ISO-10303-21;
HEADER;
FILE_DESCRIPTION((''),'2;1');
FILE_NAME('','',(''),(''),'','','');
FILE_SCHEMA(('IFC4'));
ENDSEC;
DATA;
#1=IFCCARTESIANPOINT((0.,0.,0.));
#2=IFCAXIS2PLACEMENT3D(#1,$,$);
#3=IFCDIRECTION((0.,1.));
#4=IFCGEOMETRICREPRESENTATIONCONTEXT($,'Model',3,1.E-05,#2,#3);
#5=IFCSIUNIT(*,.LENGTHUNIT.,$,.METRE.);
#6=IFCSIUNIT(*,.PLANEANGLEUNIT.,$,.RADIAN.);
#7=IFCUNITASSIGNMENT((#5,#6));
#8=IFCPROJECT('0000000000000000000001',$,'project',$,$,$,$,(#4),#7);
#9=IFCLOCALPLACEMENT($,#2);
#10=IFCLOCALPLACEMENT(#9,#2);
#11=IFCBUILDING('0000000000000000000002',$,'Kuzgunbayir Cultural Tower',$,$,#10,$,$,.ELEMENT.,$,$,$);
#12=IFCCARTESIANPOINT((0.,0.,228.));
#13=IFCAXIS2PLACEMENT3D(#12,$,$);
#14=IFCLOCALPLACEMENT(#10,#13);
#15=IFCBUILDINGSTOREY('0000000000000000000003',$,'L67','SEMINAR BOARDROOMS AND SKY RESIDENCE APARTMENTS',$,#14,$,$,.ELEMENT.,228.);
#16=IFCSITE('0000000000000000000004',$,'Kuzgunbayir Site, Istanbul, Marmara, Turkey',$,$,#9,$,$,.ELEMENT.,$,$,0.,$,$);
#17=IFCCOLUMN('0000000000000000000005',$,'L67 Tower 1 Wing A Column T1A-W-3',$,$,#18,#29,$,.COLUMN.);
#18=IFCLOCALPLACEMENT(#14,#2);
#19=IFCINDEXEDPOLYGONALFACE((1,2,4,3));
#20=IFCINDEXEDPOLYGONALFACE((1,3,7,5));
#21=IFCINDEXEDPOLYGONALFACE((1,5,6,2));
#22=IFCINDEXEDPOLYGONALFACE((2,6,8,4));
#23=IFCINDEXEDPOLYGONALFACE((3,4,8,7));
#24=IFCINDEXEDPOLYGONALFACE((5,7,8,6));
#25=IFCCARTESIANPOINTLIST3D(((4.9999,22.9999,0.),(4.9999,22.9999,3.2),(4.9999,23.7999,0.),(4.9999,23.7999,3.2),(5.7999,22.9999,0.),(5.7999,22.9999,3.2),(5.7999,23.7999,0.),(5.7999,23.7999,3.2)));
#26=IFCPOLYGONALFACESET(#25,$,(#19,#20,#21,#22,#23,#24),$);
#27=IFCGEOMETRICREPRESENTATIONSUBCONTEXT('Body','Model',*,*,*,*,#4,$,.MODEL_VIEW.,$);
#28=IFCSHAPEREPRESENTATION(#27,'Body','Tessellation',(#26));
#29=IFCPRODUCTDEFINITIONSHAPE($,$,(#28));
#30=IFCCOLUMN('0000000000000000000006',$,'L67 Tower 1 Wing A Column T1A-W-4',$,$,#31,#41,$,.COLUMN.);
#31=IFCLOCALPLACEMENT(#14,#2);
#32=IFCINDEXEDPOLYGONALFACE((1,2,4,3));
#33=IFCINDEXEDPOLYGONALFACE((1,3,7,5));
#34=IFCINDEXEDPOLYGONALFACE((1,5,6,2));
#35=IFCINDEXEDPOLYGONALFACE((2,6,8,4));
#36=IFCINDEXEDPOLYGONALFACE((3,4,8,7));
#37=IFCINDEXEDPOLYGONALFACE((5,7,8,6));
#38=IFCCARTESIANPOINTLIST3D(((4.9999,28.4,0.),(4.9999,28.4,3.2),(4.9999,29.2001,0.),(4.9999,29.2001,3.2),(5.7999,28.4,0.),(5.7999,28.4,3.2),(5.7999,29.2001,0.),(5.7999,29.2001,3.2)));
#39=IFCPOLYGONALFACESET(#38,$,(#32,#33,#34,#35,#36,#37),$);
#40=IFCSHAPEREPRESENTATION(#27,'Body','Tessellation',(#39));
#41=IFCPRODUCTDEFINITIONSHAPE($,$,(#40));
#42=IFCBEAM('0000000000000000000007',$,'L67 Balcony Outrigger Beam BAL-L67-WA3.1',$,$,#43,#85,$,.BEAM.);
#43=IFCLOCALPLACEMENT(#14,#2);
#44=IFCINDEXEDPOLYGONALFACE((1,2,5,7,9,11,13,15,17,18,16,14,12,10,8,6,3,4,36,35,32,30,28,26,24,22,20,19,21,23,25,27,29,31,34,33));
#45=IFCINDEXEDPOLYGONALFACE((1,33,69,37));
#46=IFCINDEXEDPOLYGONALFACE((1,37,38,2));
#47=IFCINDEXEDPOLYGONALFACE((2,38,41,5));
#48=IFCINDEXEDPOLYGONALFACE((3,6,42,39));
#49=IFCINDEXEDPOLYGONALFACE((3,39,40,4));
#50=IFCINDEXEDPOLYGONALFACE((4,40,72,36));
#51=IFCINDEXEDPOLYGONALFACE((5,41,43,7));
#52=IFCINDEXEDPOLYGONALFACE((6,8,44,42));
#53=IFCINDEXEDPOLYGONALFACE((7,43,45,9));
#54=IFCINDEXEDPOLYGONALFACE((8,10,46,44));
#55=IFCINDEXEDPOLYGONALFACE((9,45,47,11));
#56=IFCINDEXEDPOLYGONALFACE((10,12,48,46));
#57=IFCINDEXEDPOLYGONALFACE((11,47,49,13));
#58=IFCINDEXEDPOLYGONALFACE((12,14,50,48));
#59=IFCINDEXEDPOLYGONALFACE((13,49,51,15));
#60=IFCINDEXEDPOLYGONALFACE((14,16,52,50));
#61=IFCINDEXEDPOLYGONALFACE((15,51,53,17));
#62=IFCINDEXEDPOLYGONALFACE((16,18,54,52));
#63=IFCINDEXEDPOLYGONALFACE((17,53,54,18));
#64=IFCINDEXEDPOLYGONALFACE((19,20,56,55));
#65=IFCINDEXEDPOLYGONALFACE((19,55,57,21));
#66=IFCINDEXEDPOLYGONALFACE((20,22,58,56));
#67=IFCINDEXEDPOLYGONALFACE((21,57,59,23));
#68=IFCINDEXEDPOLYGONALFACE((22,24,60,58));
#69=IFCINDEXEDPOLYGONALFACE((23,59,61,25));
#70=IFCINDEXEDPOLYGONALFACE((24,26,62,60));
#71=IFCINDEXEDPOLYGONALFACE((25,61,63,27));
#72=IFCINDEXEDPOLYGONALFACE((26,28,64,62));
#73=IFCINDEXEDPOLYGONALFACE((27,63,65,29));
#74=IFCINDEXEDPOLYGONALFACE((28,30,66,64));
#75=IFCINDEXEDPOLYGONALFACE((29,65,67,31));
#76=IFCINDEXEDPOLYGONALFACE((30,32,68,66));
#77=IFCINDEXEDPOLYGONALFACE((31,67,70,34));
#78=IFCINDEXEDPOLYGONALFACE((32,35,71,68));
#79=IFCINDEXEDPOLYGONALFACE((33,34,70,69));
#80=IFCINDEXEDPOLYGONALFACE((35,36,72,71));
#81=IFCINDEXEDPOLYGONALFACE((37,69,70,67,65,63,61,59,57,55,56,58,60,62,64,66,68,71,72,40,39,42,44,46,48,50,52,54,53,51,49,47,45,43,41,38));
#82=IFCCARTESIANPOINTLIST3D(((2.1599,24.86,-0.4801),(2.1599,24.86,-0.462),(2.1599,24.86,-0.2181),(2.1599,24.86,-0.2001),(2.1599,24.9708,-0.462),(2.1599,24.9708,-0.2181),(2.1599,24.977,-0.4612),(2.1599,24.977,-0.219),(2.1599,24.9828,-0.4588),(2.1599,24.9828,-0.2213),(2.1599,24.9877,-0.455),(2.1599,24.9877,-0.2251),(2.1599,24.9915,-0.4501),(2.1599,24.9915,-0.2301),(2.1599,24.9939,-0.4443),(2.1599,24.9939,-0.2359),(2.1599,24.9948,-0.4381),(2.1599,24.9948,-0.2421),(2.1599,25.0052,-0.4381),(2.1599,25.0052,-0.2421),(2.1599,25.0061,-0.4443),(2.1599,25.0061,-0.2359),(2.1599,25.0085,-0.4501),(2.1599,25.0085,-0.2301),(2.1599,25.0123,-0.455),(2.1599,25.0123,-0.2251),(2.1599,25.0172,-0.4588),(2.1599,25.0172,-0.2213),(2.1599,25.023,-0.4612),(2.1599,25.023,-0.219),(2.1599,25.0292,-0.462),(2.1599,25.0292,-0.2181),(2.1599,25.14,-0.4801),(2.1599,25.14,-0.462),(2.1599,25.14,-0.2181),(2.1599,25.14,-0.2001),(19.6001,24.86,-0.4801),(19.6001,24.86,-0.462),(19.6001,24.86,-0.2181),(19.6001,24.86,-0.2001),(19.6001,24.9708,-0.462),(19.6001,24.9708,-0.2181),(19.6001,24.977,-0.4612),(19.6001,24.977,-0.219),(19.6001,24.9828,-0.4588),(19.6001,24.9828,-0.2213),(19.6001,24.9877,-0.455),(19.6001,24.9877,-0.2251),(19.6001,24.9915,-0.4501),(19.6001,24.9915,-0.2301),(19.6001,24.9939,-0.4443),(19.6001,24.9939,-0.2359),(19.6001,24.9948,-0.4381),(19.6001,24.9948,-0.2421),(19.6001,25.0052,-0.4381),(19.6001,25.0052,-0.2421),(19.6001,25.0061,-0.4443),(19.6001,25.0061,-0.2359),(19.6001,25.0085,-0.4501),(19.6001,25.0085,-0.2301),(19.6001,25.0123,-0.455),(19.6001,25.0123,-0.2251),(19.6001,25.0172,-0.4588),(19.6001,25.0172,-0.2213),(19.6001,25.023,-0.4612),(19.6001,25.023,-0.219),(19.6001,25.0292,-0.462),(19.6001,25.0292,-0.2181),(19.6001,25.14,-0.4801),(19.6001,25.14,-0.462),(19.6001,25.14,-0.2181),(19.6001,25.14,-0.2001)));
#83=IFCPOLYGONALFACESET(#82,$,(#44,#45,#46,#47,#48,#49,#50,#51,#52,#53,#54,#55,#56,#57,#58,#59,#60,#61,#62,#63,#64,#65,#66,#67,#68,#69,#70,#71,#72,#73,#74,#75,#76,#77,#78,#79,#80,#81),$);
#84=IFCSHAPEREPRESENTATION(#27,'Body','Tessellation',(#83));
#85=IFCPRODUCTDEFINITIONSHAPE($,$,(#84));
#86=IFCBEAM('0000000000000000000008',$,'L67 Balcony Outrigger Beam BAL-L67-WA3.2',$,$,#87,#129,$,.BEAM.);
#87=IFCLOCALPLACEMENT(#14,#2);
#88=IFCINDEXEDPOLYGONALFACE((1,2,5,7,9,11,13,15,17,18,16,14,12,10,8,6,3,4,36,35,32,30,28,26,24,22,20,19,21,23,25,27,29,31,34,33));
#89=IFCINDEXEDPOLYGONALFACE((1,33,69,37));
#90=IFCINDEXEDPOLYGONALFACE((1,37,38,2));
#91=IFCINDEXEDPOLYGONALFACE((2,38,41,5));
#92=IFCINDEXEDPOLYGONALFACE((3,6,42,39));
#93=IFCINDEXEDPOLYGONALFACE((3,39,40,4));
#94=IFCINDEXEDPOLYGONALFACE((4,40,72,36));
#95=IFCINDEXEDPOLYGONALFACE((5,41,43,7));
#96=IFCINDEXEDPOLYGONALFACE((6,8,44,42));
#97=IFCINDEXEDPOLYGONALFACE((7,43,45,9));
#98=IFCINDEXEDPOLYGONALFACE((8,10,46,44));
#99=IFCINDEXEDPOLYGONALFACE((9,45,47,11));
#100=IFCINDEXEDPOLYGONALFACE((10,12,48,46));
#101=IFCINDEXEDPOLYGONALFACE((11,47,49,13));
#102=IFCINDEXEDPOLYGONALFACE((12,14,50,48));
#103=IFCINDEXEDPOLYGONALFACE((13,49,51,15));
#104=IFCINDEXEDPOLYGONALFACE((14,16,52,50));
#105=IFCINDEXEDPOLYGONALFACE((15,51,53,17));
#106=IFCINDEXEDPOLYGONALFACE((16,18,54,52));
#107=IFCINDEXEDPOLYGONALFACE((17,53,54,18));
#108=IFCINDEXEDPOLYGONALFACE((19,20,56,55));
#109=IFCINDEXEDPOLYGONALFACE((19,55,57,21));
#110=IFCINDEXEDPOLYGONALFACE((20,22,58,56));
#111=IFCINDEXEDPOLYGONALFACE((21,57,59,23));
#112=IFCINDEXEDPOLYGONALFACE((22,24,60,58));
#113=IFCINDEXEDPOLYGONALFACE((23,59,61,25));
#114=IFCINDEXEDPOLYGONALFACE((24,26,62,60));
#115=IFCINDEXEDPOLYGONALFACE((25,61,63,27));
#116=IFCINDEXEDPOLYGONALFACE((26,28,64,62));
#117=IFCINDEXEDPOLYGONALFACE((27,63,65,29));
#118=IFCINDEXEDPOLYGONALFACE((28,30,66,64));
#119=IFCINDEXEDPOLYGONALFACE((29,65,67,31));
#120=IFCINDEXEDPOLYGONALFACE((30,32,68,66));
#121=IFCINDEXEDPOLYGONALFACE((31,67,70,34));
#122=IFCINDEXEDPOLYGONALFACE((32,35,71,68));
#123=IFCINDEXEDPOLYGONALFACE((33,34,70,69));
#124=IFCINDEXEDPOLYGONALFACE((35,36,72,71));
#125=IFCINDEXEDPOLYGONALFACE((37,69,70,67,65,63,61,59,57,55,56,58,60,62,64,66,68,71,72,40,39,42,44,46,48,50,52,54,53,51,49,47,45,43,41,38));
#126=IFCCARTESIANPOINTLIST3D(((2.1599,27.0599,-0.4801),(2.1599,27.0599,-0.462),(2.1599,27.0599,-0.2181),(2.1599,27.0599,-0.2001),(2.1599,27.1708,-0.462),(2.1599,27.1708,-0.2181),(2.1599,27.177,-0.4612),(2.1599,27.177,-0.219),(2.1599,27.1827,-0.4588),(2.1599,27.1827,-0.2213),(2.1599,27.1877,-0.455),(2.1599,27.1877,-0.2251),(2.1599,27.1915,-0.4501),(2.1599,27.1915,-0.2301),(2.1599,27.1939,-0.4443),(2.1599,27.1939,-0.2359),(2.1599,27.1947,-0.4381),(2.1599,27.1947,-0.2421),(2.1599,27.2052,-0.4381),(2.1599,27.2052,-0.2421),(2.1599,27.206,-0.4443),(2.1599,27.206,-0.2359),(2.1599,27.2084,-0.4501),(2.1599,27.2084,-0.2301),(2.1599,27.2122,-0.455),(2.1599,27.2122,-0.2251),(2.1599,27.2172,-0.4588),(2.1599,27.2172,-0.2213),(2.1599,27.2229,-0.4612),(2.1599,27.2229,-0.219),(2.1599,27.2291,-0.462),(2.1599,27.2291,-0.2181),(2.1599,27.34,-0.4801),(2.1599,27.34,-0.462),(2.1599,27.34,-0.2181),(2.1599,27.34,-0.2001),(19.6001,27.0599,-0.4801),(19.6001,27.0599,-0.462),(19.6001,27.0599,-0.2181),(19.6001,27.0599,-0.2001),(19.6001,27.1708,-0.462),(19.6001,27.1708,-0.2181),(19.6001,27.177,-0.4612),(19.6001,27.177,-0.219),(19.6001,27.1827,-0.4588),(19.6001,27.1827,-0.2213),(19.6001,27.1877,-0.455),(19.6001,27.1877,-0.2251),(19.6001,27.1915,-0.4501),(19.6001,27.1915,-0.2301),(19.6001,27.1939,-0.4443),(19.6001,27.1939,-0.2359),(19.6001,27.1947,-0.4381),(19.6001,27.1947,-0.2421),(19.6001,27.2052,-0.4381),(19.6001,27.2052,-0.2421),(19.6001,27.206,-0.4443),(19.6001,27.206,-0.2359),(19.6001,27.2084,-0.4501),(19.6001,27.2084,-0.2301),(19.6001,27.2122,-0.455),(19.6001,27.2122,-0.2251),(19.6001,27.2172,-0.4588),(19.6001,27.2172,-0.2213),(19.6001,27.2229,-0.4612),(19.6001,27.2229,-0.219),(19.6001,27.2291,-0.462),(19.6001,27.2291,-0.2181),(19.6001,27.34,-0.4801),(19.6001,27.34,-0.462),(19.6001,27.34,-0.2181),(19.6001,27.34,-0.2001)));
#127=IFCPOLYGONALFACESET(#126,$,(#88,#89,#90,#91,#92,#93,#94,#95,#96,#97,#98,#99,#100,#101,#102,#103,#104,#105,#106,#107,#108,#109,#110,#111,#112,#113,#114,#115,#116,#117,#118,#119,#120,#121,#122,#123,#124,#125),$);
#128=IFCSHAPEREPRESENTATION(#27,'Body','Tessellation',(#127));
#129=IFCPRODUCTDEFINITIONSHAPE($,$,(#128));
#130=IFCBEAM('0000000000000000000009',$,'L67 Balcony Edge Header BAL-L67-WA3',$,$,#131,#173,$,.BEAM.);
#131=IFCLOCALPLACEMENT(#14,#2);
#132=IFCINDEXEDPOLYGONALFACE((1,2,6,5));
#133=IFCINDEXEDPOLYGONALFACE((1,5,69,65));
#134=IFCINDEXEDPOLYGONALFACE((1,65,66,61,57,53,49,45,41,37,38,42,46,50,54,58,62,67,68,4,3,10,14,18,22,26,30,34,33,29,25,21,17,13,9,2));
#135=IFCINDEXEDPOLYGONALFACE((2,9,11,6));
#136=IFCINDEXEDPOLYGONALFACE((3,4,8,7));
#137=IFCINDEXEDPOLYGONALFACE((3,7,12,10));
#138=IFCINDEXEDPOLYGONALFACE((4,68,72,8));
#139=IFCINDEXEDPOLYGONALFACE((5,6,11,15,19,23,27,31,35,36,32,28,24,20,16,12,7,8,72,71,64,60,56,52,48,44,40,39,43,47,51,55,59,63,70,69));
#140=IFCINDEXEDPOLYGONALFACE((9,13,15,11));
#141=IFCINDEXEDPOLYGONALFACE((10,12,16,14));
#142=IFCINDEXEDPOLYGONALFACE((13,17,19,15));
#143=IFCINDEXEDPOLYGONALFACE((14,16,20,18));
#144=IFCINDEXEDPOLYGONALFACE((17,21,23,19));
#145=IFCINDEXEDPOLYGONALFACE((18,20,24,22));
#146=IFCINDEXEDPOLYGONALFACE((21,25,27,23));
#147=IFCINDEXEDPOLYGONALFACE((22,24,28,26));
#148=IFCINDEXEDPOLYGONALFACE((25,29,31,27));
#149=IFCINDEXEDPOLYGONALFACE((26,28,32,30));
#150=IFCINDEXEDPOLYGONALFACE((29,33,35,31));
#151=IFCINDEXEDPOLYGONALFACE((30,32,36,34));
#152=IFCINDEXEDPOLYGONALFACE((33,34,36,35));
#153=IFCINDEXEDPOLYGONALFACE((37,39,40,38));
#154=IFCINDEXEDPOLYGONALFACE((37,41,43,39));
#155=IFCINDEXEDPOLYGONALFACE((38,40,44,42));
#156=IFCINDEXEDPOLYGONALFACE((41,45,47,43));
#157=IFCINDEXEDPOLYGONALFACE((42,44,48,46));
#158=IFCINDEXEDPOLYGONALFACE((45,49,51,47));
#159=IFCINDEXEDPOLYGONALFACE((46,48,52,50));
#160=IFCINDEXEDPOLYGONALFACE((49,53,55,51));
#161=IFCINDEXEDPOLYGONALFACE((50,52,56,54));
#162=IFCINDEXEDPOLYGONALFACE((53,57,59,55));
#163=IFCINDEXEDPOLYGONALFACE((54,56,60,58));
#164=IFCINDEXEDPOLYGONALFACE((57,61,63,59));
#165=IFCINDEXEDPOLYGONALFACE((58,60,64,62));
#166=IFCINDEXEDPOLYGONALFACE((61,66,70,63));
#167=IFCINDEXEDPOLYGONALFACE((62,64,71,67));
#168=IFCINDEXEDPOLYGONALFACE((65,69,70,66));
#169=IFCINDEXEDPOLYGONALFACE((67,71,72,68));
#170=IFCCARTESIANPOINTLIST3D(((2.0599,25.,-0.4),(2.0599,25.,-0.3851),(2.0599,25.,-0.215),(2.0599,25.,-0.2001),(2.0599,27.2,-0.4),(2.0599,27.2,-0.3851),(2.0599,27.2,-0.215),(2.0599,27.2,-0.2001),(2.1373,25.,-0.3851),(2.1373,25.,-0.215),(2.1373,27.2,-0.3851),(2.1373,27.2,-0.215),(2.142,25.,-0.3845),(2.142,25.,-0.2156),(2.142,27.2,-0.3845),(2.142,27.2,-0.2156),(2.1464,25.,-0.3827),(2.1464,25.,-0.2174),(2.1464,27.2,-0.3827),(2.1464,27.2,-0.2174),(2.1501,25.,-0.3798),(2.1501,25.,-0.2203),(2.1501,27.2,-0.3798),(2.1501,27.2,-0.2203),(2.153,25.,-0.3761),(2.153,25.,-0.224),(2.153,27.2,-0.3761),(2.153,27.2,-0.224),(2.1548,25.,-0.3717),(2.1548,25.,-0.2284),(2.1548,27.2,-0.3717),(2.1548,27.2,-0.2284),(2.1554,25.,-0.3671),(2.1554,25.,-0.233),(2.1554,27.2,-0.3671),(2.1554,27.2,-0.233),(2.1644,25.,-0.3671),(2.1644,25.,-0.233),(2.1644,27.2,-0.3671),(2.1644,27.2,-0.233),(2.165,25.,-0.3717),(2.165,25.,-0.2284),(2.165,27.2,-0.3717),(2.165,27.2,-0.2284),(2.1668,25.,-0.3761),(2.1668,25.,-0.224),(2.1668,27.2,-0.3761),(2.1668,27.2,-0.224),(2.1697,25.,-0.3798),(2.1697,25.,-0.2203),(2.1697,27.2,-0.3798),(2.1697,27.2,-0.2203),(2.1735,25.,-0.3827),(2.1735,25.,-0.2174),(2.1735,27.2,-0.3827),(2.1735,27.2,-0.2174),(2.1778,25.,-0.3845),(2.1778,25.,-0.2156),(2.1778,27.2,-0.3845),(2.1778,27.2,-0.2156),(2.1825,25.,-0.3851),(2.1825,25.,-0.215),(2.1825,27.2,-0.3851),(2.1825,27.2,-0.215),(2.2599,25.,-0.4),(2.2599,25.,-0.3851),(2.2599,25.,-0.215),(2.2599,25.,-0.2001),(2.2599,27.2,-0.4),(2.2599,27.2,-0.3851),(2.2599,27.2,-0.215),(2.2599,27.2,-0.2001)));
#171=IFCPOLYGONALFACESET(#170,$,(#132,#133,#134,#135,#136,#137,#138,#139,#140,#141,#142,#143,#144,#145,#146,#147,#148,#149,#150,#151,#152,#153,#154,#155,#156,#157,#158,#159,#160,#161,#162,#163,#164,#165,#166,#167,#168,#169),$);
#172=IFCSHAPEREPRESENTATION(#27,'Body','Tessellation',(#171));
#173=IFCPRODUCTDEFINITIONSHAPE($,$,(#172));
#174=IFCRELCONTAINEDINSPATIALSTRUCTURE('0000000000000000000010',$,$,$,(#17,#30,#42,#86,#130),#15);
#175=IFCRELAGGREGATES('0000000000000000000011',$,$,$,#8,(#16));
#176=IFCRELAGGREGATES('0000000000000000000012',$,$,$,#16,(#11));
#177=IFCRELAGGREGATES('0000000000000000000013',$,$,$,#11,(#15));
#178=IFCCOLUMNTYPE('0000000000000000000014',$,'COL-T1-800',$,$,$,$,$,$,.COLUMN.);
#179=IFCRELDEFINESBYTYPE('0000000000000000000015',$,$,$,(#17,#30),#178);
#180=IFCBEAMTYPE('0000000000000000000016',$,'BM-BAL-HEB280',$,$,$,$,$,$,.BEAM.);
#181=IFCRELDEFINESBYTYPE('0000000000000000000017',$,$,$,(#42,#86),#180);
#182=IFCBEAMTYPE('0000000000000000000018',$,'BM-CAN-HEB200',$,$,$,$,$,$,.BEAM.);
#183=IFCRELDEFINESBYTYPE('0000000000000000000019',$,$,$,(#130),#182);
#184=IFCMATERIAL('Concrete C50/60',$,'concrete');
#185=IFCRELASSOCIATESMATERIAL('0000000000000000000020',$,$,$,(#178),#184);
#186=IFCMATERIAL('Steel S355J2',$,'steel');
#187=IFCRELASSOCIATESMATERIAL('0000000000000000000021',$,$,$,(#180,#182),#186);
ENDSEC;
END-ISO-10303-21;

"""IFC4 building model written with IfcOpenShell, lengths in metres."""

from ifc_helpers import new_model, si_unit, direction, frame, origin, origin_2d, place, context, subcontext, project, spatial, rectangle, i_section, extrude, material, material_profile, profile_set, type_object, element, save


model = new_model("IFC4")

# Units and contexts
model_context = context("Model", 3, precision=1e-05, world=origin(), true_north=direction((0.0, 1.0)))
body_context = subcontext(model_context, "Body", "Model", "MODEL_VIEW")
ifc_project = project(units=[si_unit("LENGTHUNIT", "METRE"), si_unit("PLANEANGLEUNIT", "RADIAN")], contexts=[model_context])

# Site, building, storey
site_placement = place(None, origin())
site = spatial("IfcSite", under=ifc_project, at=site_placement, Name="Kuzgunbayir Site, Istanbul, Marmara, Turkey", CompositionType="ELEMENT", RefElevation=0.0)
building_placement = place(site_placement, origin())
building = spatial("IfcBuilding", under=site, at=building_placement, Name="Kuzgunbayir Cultural Tower", CompositionType="ELEMENT")
storey_placement = place(building_placement, frame((0.0, 0.0, 228.0)))
storey = spatial("IfcBuildingStorey", under=building, at=storey_placement, Name="L67", Description="SEMINAR BOARDROOMS AND SKY RESIDENCE APARTMENTS", CompositionType="ELEMENT", Elevation=228.0)

# Columns
ifc_material_1 = material(Name="Concrete C50/60", Category="concrete")
ifc_material_profile_1 = material_profile(ifc_material_1, rectangle(XDim=0.8, YDim=0.8, at=origin_2d()), Name="RC 800x800")
ifc_profile_set_1 = profile_set([ifc_material_profile_1], Name="Concrete C50/60")
column_type = type_object("IfcColumnType", Name="COL-T1-800", PredefinedType="COLUMN", material=ifc_profile_set_1)
for number, where, z_axis, x_axis, name in (
    (1, (5.3999, 23.3999, 0.0), (0.0, 0.0, 1.0), (1.0, 0.0, 0.0), "L67 Tower 1 Wing A Column T1A-W-3"),
    (2, (5.3999, 28.8, 0.0), (0.0, 0.0, 1.0), (1.0, 0.0, 0.0), "L67 Tower 1 Wing A Column T1A-W-4"),
):
    element("IfcColumn", number, at=place(storey_placement, frame(where, z_axis=z_axis, x_axis=x_axis)), inside=storey, type_object=column_type, Name=name, PredefinedType="COLUMN", context=body_context, shape_type="SweptSolid", body=[
        extrude(rectangle(XDim=0.8, YDim=0.8, at=origin_2d()), origin(), (0.0, 0.0, 1.0), 3.2),
    ])

# Beams
ifc_material_2 = material(Name="Steel S355J2", Category="steel")
ifc_material_profile_2 = material_profile(ifc_material_2, i_section(OverallWidth=0.28, OverallDepth=0.28, WebThickness=0.0105, FlangeThickness=0.0181, FilletRadius=0.0239, at=origin_2d()), Name="HEB 280")
ifc_profile_set_2 = profile_set([ifc_material_profile_2], Name="Steel S355J2")
beam_type_1 = type_object("IfcBeamType", Name="BM-BAL-HEB280", PredefinedType="BEAM", material=ifc_profile_set_2)
for number, where, z_axis, x_axis, name in (
    (3, (2.1599, 25.0, -0.3401), (1.0, 0.0, 0.0), (0.0, 1.0, 0.0), "L67 Balcony Outrigger Beam BAL-L67-WA3.1"),
    (4, (2.1599, 27.2, -0.3401), (1.0, 0.0, 0.0), (0.0, 1.0, 0.0), "L67 Balcony Outrigger Beam BAL-L67-WA3.2"),
):
    element("IfcBeam", number, at=place(storey_placement, frame(where, z_axis=z_axis, x_axis=x_axis)), inside=storey, type_object=beam_type_1, Name=name, PredefinedType="BEAM", context=body_context, shape_type="SweptSolid", body=[
        extrude(i_section(OverallWidth=0.28, OverallDepth=0.28, WebThickness=0.0105, FlangeThickness=0.0181, FilletRadius=0.0239, at=origin_2d()), origin(), (0.0, 0.0, 1.0), 17.4402),
    ])
ifc_material_profile_3 = material_profile(ifc_material_2, i_section(OverallWidth=0.2, OverallDepth=0.2, WebThickness=0.009, FlangeThickness=0.0149, FilletRadius=0.0181, at=origin_2d()), Name="HEB 200")
ifc_profile_set_3 = profile_set([ifc_material_profile_3], Name="Steel S355J2")
beam_type_2 = type_object("IfcBeamType", Name="BM-CAN-HEB200", PredefinedType="BEAM", material=ifc_profile_set_3)
beam_1_placement = place(storey_placement, frame((2.1599, 25.0, -0.3), z_axis=(0.0, 1.0, 0.0), x_axis=(-1.0, 0.0, 0.0)))
element("IfcBeam", 5, at=beam_1_placement, inside=storey, type_object=beam_type_2, Name="L67 Balcony Edge Header BAL-L67-WA3", PredefinedType="BEAM", context=body_context, shape_type="SweptSolid", body=[
    extrude(i_section(OverallWidth=0.2, OverallDepth=0.2, WebThickness=0.009, FlangeThickness=0.0149, FilletRadius=0.0181, at=origin_2d()), origin(), (0.0, 0.0, 1.0), 2.2),
])

save(model, "model.ifc")
